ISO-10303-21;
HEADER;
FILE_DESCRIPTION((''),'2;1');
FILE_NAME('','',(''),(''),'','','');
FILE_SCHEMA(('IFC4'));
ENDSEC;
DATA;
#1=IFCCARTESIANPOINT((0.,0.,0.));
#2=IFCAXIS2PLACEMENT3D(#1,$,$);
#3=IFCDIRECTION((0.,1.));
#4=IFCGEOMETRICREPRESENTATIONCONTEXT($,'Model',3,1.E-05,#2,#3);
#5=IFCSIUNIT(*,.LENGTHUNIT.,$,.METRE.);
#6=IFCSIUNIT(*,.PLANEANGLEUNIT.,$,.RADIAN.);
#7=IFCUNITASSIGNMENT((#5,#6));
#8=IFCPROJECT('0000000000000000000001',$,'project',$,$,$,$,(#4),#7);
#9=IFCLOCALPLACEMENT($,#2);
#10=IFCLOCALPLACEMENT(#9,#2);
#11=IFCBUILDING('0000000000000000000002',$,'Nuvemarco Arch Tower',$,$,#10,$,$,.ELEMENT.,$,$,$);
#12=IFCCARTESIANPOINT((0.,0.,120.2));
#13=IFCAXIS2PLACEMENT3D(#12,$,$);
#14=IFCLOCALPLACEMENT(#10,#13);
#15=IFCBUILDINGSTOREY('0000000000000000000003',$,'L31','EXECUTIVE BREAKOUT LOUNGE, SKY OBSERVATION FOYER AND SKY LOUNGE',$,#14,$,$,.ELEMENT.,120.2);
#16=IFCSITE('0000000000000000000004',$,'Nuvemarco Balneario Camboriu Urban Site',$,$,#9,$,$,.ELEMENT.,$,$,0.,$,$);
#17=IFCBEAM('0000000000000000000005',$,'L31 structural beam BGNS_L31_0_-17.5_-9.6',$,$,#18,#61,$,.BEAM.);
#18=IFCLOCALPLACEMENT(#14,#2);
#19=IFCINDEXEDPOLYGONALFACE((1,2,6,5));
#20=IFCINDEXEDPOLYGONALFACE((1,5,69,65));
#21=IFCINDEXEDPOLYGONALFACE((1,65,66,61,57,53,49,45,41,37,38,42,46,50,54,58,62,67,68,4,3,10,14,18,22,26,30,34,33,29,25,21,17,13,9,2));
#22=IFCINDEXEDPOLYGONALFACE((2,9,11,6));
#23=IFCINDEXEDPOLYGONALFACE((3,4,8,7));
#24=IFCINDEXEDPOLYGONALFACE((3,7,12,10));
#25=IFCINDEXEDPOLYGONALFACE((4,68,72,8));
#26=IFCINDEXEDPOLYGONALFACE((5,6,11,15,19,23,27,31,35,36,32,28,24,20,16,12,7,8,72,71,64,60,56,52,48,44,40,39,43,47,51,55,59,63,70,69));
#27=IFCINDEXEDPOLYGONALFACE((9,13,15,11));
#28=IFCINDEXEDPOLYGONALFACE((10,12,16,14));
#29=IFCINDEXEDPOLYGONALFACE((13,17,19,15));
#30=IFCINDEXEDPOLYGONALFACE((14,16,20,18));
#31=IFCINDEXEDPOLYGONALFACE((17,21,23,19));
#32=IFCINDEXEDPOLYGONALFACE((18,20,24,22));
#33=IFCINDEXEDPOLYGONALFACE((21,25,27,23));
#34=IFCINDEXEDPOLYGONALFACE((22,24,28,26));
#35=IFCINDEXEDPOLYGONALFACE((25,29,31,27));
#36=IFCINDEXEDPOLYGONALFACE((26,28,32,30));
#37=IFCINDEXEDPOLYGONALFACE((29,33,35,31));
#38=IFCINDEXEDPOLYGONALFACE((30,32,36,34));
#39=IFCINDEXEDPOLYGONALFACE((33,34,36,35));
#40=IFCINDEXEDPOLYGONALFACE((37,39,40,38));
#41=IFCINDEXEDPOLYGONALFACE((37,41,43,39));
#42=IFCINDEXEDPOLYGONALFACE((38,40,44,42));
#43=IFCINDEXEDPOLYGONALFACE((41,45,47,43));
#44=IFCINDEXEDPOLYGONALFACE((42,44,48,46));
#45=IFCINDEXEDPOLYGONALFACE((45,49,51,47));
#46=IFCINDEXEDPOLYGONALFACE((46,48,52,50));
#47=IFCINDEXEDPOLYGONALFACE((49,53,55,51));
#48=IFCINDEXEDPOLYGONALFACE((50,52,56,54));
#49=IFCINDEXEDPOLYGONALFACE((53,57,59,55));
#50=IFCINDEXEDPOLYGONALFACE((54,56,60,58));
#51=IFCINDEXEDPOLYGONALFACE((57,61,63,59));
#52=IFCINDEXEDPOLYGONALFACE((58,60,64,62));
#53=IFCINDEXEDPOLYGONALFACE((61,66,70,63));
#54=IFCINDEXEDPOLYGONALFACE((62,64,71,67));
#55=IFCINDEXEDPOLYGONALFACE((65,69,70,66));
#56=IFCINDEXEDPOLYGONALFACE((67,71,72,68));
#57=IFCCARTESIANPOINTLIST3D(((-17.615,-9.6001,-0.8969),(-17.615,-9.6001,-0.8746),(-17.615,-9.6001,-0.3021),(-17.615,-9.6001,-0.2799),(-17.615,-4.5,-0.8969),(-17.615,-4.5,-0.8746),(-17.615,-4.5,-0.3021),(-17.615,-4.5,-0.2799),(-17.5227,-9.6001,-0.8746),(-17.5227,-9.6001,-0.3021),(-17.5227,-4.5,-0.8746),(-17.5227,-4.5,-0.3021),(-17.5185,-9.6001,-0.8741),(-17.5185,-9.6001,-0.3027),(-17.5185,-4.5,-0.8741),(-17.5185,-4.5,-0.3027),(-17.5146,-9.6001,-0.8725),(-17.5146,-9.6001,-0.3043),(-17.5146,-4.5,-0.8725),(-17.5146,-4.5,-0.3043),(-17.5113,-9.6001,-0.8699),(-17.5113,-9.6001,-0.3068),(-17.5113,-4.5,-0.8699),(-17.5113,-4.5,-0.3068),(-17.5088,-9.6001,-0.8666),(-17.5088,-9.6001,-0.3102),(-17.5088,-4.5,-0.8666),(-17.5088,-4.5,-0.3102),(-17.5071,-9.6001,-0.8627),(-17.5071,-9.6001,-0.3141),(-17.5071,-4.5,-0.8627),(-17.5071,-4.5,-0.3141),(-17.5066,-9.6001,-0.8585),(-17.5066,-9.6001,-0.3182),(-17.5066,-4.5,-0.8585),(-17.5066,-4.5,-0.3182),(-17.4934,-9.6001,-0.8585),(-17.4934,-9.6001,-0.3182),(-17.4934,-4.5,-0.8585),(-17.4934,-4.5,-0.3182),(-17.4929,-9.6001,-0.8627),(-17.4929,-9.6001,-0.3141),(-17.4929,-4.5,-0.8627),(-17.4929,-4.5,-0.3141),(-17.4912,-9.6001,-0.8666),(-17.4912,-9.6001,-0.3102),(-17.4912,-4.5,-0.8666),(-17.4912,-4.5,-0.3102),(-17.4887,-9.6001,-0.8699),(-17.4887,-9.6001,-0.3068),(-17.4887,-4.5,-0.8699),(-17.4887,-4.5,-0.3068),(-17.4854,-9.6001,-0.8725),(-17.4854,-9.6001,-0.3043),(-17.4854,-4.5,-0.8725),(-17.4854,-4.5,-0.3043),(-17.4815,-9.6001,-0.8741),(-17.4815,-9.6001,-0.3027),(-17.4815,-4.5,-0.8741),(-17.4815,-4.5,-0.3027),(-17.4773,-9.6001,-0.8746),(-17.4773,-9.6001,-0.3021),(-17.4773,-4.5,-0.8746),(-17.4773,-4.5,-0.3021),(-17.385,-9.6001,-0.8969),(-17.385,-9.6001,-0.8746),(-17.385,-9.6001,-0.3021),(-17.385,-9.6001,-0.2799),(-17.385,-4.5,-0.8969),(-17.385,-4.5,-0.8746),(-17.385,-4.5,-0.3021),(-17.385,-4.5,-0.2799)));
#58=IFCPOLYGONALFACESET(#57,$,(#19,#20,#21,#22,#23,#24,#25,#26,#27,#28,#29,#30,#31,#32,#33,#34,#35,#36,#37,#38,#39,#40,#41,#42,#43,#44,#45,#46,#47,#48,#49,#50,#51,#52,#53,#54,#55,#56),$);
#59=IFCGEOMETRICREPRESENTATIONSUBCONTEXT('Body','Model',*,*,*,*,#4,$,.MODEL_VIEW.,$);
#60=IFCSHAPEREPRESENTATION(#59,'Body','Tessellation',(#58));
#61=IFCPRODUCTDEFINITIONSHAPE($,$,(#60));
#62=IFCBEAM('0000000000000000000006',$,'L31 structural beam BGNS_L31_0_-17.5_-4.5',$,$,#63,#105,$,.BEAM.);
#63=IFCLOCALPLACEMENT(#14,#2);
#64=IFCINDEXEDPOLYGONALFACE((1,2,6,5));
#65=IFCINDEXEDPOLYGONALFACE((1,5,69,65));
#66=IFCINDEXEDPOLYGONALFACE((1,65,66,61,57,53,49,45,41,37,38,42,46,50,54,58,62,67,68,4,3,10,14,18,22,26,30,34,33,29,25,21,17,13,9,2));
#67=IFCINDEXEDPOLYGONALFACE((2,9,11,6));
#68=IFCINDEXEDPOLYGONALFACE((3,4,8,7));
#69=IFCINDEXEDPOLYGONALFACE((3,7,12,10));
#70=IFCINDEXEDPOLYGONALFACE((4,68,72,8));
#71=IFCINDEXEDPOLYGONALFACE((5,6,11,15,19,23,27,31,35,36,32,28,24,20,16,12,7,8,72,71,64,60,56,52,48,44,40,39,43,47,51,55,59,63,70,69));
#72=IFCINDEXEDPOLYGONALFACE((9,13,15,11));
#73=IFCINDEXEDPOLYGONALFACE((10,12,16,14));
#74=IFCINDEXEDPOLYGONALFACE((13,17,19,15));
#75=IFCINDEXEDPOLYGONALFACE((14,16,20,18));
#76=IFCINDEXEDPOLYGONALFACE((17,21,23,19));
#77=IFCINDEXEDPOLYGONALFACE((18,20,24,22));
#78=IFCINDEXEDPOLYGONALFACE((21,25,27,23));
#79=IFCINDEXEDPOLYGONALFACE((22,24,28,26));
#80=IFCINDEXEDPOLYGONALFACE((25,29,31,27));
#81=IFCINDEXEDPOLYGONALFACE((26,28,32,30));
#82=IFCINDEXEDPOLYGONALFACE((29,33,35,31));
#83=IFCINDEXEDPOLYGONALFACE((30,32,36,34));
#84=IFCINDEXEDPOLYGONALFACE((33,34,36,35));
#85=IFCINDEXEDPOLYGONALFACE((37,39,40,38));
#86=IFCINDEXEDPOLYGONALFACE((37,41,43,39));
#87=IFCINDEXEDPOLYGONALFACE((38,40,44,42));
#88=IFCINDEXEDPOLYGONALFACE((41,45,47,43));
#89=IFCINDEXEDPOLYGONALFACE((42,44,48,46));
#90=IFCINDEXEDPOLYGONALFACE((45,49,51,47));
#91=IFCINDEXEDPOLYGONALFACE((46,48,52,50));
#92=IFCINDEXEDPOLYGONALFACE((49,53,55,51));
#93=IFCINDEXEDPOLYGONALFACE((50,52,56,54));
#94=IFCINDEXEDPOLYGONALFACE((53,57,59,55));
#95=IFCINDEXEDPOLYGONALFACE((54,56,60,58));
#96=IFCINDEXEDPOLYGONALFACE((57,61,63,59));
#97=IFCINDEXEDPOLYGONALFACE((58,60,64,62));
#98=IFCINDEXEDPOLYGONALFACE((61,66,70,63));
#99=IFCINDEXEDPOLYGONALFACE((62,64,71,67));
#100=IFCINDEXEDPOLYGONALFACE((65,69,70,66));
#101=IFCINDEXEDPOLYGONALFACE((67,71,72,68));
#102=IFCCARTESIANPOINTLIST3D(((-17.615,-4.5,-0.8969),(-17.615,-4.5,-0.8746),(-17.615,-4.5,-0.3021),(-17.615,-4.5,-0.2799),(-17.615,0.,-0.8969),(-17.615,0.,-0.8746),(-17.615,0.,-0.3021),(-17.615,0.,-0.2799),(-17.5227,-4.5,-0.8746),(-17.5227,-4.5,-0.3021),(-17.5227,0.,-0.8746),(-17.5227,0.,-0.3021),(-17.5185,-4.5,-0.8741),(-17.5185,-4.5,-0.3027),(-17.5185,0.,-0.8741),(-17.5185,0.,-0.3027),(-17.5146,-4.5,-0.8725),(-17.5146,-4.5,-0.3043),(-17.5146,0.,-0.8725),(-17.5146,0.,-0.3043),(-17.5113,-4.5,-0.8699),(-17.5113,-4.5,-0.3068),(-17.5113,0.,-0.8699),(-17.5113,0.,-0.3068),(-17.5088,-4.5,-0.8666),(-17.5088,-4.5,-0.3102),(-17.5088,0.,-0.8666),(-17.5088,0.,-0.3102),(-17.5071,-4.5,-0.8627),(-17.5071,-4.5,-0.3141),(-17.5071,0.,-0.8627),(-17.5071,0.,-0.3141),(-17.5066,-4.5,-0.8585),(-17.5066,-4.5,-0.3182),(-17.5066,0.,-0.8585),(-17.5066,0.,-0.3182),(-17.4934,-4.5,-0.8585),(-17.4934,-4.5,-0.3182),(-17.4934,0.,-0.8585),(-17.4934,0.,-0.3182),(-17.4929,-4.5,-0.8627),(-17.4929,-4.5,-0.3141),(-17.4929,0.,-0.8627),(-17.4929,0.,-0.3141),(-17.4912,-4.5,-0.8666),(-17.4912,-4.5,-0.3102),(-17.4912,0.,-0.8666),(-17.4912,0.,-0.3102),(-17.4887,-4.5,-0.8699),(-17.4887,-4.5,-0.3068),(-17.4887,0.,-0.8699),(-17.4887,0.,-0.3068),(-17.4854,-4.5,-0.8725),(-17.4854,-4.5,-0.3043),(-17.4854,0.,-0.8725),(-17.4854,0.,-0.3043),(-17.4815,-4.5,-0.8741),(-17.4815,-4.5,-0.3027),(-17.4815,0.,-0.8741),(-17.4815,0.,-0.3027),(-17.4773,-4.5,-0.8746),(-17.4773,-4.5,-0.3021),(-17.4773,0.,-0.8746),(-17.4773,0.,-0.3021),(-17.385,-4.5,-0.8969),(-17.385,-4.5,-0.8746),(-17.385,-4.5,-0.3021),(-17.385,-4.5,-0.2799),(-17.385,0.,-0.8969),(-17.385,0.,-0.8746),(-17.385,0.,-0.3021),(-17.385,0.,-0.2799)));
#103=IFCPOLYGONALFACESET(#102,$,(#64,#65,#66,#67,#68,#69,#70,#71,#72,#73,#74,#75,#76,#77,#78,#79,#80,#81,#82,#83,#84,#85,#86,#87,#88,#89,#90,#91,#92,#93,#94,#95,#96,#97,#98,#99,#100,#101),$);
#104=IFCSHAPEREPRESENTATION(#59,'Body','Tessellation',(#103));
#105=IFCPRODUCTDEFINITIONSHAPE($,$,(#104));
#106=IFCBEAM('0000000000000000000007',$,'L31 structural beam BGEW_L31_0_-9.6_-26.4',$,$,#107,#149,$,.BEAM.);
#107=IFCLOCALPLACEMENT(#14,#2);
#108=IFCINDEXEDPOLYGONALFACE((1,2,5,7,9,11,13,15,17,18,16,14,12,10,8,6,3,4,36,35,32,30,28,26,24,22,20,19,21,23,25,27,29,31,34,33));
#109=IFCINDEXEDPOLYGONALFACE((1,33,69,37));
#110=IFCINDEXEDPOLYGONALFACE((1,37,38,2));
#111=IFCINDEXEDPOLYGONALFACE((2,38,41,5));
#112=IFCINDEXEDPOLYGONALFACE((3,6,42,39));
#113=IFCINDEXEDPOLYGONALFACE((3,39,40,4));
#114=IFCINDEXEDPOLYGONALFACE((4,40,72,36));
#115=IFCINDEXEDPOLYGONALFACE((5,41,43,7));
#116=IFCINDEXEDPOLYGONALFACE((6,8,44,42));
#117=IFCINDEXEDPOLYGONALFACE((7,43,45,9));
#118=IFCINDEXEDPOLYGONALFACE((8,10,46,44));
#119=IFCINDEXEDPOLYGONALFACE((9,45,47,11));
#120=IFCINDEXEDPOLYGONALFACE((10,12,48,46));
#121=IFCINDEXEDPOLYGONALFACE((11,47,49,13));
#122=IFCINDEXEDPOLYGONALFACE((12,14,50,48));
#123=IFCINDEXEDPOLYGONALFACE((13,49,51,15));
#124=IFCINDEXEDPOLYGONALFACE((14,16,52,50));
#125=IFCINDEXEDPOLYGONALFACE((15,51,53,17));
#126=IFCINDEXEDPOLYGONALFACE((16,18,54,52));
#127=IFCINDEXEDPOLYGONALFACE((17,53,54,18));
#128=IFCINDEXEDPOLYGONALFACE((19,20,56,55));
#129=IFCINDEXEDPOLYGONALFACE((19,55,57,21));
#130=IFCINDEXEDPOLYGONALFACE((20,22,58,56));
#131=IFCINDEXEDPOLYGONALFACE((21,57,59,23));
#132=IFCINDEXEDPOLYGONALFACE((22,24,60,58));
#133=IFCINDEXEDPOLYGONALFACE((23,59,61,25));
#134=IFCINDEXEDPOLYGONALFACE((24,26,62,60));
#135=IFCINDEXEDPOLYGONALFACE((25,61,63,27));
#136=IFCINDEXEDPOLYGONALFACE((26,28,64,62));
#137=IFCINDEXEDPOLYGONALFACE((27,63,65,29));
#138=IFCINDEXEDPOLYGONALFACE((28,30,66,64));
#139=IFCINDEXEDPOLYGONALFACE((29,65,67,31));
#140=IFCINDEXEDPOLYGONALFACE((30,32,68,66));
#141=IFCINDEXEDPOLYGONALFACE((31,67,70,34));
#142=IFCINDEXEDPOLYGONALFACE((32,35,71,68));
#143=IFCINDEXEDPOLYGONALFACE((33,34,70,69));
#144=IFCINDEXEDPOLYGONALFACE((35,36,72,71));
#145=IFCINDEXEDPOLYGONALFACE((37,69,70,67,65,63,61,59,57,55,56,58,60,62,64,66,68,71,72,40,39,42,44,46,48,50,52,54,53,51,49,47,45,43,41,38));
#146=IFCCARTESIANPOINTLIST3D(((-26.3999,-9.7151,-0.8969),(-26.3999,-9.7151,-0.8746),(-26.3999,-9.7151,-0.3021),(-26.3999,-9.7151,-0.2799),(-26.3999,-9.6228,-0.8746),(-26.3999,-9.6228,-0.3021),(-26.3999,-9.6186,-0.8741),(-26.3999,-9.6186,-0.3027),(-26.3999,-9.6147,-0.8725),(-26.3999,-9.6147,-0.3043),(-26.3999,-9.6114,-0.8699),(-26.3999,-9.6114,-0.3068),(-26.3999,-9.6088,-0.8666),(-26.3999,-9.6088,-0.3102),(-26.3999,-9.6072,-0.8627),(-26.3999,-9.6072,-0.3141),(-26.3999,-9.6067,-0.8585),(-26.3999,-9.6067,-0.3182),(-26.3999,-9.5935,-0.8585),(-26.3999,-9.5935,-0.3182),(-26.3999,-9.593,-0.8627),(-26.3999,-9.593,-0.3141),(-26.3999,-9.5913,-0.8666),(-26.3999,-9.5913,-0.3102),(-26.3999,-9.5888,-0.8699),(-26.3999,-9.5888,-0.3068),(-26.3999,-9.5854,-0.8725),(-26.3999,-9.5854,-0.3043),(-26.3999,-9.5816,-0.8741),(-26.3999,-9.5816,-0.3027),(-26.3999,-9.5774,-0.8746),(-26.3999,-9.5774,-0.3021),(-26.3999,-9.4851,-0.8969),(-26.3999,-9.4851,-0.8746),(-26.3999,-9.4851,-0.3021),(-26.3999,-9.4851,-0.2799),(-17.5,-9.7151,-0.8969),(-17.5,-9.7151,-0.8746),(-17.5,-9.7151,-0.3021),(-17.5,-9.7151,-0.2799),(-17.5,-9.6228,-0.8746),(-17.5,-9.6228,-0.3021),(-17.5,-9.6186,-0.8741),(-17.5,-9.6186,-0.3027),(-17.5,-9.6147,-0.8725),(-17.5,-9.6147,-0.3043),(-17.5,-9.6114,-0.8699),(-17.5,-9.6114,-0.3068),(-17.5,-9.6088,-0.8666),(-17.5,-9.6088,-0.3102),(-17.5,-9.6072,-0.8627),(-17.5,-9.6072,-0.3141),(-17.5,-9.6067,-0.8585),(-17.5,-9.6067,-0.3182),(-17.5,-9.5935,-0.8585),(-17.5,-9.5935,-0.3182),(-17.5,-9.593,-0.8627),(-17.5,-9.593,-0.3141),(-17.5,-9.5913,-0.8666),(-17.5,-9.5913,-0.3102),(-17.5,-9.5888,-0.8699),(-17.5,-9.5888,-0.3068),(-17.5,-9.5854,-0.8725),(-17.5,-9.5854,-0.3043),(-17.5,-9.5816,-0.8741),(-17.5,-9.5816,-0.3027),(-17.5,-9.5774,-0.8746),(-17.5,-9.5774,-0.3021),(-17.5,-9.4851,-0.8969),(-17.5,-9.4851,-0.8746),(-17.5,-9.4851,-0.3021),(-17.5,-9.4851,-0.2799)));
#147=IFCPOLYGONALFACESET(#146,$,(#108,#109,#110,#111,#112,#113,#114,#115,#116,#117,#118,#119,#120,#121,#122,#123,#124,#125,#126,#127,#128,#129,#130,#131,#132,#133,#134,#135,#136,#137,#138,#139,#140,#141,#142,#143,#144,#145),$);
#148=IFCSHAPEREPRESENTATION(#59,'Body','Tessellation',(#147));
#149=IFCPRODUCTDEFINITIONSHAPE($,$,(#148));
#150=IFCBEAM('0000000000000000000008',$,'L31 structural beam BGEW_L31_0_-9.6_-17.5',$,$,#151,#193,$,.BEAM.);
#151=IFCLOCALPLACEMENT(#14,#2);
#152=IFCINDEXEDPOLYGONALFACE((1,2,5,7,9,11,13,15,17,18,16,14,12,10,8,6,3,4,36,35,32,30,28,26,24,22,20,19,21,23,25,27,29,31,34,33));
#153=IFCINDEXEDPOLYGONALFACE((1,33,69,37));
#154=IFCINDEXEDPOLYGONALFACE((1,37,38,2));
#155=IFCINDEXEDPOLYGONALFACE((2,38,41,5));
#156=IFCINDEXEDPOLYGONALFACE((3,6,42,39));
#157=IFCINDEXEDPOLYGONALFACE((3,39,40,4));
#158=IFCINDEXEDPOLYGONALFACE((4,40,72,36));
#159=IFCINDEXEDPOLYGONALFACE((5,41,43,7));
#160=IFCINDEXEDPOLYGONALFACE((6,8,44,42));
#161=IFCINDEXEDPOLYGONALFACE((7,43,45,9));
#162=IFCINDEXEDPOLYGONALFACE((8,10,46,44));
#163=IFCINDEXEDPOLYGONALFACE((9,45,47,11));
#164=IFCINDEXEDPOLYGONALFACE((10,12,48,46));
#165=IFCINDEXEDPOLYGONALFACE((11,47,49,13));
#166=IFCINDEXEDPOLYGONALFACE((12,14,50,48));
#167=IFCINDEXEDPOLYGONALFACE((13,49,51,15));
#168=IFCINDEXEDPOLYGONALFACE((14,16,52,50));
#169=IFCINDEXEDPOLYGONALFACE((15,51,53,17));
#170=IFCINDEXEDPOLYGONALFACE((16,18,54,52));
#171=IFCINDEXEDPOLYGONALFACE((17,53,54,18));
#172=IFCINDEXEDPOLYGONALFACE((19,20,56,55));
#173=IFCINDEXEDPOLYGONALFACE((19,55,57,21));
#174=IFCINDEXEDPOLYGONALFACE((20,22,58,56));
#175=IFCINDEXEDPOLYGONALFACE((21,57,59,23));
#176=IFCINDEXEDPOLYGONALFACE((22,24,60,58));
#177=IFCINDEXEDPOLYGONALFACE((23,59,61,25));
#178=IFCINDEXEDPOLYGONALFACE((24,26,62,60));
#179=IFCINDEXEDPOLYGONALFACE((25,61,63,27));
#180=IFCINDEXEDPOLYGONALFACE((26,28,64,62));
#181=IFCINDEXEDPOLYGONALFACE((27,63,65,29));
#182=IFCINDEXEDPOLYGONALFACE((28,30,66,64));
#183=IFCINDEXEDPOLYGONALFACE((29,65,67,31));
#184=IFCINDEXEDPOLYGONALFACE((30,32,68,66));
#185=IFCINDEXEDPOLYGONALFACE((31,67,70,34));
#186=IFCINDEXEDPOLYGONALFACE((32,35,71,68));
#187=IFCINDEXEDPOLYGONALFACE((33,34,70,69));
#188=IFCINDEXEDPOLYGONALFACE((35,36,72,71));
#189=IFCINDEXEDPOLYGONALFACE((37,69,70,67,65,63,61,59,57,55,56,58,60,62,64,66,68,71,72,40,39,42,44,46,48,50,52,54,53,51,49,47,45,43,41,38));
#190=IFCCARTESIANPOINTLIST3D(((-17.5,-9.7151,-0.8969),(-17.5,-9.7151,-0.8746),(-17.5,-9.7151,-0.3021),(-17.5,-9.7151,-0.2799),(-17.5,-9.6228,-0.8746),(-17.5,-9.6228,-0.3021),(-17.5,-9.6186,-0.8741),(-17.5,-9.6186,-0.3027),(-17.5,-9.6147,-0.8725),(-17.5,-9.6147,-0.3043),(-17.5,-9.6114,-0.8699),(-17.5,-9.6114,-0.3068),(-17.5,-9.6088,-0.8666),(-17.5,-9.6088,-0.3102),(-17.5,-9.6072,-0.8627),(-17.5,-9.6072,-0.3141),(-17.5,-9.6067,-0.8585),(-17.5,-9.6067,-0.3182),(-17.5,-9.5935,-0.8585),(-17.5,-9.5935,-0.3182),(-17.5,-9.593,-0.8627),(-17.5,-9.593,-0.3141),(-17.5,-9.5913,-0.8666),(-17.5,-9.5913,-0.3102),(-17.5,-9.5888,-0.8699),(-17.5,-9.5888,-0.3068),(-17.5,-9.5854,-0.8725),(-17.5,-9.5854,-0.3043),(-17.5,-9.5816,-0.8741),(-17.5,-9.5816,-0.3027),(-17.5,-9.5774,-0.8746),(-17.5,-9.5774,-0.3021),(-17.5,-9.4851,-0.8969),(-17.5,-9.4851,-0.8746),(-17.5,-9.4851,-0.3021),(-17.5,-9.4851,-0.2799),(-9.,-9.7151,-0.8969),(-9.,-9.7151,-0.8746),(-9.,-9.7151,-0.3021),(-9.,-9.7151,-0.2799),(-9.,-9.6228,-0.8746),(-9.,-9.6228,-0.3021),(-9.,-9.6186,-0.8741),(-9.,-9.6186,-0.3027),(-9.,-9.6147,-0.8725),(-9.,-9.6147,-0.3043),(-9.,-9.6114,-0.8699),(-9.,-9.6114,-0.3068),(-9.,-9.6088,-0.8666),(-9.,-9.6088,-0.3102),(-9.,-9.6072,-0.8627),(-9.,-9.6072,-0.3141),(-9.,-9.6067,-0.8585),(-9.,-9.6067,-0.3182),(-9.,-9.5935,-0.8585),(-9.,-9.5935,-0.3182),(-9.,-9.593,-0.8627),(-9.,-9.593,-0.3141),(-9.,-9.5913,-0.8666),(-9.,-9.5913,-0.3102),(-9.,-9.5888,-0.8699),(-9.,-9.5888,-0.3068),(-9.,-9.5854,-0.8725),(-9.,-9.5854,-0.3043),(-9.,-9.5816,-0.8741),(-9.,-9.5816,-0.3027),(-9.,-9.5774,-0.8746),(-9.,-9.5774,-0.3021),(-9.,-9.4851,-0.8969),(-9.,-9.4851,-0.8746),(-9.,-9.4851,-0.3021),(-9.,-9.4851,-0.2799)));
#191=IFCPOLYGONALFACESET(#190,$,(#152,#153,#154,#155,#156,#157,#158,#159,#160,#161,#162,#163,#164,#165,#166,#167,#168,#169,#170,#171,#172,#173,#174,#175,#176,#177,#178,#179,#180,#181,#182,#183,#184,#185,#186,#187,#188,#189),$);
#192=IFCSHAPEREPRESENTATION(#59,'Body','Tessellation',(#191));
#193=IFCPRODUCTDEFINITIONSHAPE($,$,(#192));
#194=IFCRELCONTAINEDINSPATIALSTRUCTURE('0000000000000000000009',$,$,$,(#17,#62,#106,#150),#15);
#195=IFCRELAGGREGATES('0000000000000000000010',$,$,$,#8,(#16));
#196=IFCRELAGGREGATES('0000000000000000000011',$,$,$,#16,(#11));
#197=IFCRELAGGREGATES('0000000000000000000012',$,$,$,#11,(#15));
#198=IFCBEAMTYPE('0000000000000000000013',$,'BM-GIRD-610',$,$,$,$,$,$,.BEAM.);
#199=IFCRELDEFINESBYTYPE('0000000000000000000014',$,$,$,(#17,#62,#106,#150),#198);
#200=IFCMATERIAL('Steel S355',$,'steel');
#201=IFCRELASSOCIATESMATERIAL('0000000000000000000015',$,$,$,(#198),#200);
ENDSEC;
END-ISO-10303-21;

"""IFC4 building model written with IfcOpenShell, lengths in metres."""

from ifc_helpers import new_model, si_unit, direction, frame, origin, origin_2d, place, context, subcontext, project, spatial, i_section, extrude, material, material_profile, profile_set, type_object, element, save


model = new_model("IFC4")

# Units and contexts
model_context = context("Model", 3, precision=1e-05, world=origin(), true_north=direction((0.0, 1.0)))
body_context = subcontext(model_context, "Body", "Model", "MODEL_VIEW")
ifc_project = project(units=[si_unit("LENGTHUNIT", "METRE"), si_unit("PLANEANGLEUNIT", "RADIAN")], contexts=[model_context])

# Site, building, storey
site_placement = place(None, origin())
site = spatial("IfcSite", under=ifc_project, at=site_placement, Name="Nuvemarco Balneario Camboriu Urban Site", CompositionType="ELEMENT", RefElevation=0.0)
building_placement = place(site_placement, origin())
building = spatial("IfcBuilding", under=site, at=building_placement, Name="Nuvemarco Arch Tower", CompositionType="ELEMENT")
storey_placement = place(building_placement, frame((0.0, 0.0, 120.2)))
storey = spatial("IfcBuildingStorey", under=building, at=storey_placement, Name="L31", Description="EXECUTIVE BREAKOUT LOUNGE, SKY OBSERVATION FOYER AND SKY LOUNGE", CompositionType="ELEMENT", Elevation=120.2)

# Shared definitions
ifc_material_1 = material(Name="Steel S355", Category="steel")

# Beams
ifc_material_profile_1 = material_profile(ifc_material_1, i_section(OverallWidth=0.23, OverallDepth=0.6169, WebThickness=0.0132, FlangeThickness=0.0222, FilletRadius=0.0161, at=origin_2d()), Name="W610x140")
ifc_profile_set_1 = profile_set([ifc_material_profile_1], Name="Steel S355")
beam_type_1 = type_object("IfcBeamType", Name="BM-GIRD-610", PredefinedType="BEAM", material=ifc_profile_set_1)
beam_1_placement = place(storey_placement, frame((-17.5, -9.6001, -0.5884), z_axis=(0.0, 1.0, 0.0), x_axis=(-1.0, 0.0, 0.0)))
element("IfcBeam", 1, at=beam_1_placement, inside=storey, type_object=beam_type_1, Name="L31 structural beam BGNS_L31_0_-17.5_-9.6", PredefinedType="BEAM", context=body_context, shape_type="SweptSolid", body=[
    extrude(i_section(OverallWidth=0.23, OverallDepth=0.6169, WebThickness=0.0132, FlangeThickness=0.0222, FilletRadius=0.0161, at=origin_2d()), origin(), (0.0, 0.0, 1.0), 5.1001),
])
beam_2_placement = place(storey_placement, frame((-17.5, -4.5, -0.5884), z_axis=(0.0, 1.0, 0.0), x_axis=(-1.0, 0.0, 0.0)))
element("IfcBeam", 2, at=beam_2_placement, inside=storey, type_object=beam_type_1, Name="L31 structural beam BGNS_L31_0_-17.5_-4.5", PredefinedType="BEAM", context=body_context, shape_type="SweptSolid", body=[
    extrude(i_section(OverallWidth=0.23, OverallDepth=0.6169, WebThickness=0.0132, FlangeThickness=0.0222, FilletRadius=0.0161, at=origin_2d()), origin(), (0.0, 0.0, 1.0), 4.5),
])
beam_3_placement = place(storey_placement, frame((-26.3999, -9.6001, -0.5884), z_axis=(1.0, 0.0, 0.0), x_axis=(0.0, 1.0, 0.0)))
element("IfcBeam", 3, at=beam_3_placement, inside=storey, type_object=beam_type_1, Name="L31 structural beam BGEW_L31_0_-9.6_-26.4", PredefinedType="BEAM", context=body_context, shape_type="SweptSolid", body=[
    extrude(i_section(OverallWidth=0.23, OverallDepth=0.6169, WebThickness=0.0132, FlangeThickness=0.0222, FilletRadius=0.0161, at=origin_2d()), origin(), (0.0, 0.0, 1.0), 8.8999),
])
beam_4_placement = place(storey_placement, frame((-17.5, -9.6001, -0.5884), z_axis=(1.0, 0.0, 0.0), x_axis=(0.0, 1.0, 0.0)))
element("IfcBeam", 4, at=beam_4_placement, inside=storey, type_object=beam_type_1, Name="L31 structural beam BGEW_L31_0_-9.6_-17.5", PredefinedType="BEAM", context=body_context, shape_type="SweptSolid", body=[
    extrude(i_section(OverallWidth=0.23, OverallDepth=0.6169, WebThickness=0.0132, FlangeThickness=0.0222, FilletRadius=0.0161, at=origin_2d()), origin(), (0.0, 0.0, 1.0), 8.5),
])

save(model, "model.ifc")
